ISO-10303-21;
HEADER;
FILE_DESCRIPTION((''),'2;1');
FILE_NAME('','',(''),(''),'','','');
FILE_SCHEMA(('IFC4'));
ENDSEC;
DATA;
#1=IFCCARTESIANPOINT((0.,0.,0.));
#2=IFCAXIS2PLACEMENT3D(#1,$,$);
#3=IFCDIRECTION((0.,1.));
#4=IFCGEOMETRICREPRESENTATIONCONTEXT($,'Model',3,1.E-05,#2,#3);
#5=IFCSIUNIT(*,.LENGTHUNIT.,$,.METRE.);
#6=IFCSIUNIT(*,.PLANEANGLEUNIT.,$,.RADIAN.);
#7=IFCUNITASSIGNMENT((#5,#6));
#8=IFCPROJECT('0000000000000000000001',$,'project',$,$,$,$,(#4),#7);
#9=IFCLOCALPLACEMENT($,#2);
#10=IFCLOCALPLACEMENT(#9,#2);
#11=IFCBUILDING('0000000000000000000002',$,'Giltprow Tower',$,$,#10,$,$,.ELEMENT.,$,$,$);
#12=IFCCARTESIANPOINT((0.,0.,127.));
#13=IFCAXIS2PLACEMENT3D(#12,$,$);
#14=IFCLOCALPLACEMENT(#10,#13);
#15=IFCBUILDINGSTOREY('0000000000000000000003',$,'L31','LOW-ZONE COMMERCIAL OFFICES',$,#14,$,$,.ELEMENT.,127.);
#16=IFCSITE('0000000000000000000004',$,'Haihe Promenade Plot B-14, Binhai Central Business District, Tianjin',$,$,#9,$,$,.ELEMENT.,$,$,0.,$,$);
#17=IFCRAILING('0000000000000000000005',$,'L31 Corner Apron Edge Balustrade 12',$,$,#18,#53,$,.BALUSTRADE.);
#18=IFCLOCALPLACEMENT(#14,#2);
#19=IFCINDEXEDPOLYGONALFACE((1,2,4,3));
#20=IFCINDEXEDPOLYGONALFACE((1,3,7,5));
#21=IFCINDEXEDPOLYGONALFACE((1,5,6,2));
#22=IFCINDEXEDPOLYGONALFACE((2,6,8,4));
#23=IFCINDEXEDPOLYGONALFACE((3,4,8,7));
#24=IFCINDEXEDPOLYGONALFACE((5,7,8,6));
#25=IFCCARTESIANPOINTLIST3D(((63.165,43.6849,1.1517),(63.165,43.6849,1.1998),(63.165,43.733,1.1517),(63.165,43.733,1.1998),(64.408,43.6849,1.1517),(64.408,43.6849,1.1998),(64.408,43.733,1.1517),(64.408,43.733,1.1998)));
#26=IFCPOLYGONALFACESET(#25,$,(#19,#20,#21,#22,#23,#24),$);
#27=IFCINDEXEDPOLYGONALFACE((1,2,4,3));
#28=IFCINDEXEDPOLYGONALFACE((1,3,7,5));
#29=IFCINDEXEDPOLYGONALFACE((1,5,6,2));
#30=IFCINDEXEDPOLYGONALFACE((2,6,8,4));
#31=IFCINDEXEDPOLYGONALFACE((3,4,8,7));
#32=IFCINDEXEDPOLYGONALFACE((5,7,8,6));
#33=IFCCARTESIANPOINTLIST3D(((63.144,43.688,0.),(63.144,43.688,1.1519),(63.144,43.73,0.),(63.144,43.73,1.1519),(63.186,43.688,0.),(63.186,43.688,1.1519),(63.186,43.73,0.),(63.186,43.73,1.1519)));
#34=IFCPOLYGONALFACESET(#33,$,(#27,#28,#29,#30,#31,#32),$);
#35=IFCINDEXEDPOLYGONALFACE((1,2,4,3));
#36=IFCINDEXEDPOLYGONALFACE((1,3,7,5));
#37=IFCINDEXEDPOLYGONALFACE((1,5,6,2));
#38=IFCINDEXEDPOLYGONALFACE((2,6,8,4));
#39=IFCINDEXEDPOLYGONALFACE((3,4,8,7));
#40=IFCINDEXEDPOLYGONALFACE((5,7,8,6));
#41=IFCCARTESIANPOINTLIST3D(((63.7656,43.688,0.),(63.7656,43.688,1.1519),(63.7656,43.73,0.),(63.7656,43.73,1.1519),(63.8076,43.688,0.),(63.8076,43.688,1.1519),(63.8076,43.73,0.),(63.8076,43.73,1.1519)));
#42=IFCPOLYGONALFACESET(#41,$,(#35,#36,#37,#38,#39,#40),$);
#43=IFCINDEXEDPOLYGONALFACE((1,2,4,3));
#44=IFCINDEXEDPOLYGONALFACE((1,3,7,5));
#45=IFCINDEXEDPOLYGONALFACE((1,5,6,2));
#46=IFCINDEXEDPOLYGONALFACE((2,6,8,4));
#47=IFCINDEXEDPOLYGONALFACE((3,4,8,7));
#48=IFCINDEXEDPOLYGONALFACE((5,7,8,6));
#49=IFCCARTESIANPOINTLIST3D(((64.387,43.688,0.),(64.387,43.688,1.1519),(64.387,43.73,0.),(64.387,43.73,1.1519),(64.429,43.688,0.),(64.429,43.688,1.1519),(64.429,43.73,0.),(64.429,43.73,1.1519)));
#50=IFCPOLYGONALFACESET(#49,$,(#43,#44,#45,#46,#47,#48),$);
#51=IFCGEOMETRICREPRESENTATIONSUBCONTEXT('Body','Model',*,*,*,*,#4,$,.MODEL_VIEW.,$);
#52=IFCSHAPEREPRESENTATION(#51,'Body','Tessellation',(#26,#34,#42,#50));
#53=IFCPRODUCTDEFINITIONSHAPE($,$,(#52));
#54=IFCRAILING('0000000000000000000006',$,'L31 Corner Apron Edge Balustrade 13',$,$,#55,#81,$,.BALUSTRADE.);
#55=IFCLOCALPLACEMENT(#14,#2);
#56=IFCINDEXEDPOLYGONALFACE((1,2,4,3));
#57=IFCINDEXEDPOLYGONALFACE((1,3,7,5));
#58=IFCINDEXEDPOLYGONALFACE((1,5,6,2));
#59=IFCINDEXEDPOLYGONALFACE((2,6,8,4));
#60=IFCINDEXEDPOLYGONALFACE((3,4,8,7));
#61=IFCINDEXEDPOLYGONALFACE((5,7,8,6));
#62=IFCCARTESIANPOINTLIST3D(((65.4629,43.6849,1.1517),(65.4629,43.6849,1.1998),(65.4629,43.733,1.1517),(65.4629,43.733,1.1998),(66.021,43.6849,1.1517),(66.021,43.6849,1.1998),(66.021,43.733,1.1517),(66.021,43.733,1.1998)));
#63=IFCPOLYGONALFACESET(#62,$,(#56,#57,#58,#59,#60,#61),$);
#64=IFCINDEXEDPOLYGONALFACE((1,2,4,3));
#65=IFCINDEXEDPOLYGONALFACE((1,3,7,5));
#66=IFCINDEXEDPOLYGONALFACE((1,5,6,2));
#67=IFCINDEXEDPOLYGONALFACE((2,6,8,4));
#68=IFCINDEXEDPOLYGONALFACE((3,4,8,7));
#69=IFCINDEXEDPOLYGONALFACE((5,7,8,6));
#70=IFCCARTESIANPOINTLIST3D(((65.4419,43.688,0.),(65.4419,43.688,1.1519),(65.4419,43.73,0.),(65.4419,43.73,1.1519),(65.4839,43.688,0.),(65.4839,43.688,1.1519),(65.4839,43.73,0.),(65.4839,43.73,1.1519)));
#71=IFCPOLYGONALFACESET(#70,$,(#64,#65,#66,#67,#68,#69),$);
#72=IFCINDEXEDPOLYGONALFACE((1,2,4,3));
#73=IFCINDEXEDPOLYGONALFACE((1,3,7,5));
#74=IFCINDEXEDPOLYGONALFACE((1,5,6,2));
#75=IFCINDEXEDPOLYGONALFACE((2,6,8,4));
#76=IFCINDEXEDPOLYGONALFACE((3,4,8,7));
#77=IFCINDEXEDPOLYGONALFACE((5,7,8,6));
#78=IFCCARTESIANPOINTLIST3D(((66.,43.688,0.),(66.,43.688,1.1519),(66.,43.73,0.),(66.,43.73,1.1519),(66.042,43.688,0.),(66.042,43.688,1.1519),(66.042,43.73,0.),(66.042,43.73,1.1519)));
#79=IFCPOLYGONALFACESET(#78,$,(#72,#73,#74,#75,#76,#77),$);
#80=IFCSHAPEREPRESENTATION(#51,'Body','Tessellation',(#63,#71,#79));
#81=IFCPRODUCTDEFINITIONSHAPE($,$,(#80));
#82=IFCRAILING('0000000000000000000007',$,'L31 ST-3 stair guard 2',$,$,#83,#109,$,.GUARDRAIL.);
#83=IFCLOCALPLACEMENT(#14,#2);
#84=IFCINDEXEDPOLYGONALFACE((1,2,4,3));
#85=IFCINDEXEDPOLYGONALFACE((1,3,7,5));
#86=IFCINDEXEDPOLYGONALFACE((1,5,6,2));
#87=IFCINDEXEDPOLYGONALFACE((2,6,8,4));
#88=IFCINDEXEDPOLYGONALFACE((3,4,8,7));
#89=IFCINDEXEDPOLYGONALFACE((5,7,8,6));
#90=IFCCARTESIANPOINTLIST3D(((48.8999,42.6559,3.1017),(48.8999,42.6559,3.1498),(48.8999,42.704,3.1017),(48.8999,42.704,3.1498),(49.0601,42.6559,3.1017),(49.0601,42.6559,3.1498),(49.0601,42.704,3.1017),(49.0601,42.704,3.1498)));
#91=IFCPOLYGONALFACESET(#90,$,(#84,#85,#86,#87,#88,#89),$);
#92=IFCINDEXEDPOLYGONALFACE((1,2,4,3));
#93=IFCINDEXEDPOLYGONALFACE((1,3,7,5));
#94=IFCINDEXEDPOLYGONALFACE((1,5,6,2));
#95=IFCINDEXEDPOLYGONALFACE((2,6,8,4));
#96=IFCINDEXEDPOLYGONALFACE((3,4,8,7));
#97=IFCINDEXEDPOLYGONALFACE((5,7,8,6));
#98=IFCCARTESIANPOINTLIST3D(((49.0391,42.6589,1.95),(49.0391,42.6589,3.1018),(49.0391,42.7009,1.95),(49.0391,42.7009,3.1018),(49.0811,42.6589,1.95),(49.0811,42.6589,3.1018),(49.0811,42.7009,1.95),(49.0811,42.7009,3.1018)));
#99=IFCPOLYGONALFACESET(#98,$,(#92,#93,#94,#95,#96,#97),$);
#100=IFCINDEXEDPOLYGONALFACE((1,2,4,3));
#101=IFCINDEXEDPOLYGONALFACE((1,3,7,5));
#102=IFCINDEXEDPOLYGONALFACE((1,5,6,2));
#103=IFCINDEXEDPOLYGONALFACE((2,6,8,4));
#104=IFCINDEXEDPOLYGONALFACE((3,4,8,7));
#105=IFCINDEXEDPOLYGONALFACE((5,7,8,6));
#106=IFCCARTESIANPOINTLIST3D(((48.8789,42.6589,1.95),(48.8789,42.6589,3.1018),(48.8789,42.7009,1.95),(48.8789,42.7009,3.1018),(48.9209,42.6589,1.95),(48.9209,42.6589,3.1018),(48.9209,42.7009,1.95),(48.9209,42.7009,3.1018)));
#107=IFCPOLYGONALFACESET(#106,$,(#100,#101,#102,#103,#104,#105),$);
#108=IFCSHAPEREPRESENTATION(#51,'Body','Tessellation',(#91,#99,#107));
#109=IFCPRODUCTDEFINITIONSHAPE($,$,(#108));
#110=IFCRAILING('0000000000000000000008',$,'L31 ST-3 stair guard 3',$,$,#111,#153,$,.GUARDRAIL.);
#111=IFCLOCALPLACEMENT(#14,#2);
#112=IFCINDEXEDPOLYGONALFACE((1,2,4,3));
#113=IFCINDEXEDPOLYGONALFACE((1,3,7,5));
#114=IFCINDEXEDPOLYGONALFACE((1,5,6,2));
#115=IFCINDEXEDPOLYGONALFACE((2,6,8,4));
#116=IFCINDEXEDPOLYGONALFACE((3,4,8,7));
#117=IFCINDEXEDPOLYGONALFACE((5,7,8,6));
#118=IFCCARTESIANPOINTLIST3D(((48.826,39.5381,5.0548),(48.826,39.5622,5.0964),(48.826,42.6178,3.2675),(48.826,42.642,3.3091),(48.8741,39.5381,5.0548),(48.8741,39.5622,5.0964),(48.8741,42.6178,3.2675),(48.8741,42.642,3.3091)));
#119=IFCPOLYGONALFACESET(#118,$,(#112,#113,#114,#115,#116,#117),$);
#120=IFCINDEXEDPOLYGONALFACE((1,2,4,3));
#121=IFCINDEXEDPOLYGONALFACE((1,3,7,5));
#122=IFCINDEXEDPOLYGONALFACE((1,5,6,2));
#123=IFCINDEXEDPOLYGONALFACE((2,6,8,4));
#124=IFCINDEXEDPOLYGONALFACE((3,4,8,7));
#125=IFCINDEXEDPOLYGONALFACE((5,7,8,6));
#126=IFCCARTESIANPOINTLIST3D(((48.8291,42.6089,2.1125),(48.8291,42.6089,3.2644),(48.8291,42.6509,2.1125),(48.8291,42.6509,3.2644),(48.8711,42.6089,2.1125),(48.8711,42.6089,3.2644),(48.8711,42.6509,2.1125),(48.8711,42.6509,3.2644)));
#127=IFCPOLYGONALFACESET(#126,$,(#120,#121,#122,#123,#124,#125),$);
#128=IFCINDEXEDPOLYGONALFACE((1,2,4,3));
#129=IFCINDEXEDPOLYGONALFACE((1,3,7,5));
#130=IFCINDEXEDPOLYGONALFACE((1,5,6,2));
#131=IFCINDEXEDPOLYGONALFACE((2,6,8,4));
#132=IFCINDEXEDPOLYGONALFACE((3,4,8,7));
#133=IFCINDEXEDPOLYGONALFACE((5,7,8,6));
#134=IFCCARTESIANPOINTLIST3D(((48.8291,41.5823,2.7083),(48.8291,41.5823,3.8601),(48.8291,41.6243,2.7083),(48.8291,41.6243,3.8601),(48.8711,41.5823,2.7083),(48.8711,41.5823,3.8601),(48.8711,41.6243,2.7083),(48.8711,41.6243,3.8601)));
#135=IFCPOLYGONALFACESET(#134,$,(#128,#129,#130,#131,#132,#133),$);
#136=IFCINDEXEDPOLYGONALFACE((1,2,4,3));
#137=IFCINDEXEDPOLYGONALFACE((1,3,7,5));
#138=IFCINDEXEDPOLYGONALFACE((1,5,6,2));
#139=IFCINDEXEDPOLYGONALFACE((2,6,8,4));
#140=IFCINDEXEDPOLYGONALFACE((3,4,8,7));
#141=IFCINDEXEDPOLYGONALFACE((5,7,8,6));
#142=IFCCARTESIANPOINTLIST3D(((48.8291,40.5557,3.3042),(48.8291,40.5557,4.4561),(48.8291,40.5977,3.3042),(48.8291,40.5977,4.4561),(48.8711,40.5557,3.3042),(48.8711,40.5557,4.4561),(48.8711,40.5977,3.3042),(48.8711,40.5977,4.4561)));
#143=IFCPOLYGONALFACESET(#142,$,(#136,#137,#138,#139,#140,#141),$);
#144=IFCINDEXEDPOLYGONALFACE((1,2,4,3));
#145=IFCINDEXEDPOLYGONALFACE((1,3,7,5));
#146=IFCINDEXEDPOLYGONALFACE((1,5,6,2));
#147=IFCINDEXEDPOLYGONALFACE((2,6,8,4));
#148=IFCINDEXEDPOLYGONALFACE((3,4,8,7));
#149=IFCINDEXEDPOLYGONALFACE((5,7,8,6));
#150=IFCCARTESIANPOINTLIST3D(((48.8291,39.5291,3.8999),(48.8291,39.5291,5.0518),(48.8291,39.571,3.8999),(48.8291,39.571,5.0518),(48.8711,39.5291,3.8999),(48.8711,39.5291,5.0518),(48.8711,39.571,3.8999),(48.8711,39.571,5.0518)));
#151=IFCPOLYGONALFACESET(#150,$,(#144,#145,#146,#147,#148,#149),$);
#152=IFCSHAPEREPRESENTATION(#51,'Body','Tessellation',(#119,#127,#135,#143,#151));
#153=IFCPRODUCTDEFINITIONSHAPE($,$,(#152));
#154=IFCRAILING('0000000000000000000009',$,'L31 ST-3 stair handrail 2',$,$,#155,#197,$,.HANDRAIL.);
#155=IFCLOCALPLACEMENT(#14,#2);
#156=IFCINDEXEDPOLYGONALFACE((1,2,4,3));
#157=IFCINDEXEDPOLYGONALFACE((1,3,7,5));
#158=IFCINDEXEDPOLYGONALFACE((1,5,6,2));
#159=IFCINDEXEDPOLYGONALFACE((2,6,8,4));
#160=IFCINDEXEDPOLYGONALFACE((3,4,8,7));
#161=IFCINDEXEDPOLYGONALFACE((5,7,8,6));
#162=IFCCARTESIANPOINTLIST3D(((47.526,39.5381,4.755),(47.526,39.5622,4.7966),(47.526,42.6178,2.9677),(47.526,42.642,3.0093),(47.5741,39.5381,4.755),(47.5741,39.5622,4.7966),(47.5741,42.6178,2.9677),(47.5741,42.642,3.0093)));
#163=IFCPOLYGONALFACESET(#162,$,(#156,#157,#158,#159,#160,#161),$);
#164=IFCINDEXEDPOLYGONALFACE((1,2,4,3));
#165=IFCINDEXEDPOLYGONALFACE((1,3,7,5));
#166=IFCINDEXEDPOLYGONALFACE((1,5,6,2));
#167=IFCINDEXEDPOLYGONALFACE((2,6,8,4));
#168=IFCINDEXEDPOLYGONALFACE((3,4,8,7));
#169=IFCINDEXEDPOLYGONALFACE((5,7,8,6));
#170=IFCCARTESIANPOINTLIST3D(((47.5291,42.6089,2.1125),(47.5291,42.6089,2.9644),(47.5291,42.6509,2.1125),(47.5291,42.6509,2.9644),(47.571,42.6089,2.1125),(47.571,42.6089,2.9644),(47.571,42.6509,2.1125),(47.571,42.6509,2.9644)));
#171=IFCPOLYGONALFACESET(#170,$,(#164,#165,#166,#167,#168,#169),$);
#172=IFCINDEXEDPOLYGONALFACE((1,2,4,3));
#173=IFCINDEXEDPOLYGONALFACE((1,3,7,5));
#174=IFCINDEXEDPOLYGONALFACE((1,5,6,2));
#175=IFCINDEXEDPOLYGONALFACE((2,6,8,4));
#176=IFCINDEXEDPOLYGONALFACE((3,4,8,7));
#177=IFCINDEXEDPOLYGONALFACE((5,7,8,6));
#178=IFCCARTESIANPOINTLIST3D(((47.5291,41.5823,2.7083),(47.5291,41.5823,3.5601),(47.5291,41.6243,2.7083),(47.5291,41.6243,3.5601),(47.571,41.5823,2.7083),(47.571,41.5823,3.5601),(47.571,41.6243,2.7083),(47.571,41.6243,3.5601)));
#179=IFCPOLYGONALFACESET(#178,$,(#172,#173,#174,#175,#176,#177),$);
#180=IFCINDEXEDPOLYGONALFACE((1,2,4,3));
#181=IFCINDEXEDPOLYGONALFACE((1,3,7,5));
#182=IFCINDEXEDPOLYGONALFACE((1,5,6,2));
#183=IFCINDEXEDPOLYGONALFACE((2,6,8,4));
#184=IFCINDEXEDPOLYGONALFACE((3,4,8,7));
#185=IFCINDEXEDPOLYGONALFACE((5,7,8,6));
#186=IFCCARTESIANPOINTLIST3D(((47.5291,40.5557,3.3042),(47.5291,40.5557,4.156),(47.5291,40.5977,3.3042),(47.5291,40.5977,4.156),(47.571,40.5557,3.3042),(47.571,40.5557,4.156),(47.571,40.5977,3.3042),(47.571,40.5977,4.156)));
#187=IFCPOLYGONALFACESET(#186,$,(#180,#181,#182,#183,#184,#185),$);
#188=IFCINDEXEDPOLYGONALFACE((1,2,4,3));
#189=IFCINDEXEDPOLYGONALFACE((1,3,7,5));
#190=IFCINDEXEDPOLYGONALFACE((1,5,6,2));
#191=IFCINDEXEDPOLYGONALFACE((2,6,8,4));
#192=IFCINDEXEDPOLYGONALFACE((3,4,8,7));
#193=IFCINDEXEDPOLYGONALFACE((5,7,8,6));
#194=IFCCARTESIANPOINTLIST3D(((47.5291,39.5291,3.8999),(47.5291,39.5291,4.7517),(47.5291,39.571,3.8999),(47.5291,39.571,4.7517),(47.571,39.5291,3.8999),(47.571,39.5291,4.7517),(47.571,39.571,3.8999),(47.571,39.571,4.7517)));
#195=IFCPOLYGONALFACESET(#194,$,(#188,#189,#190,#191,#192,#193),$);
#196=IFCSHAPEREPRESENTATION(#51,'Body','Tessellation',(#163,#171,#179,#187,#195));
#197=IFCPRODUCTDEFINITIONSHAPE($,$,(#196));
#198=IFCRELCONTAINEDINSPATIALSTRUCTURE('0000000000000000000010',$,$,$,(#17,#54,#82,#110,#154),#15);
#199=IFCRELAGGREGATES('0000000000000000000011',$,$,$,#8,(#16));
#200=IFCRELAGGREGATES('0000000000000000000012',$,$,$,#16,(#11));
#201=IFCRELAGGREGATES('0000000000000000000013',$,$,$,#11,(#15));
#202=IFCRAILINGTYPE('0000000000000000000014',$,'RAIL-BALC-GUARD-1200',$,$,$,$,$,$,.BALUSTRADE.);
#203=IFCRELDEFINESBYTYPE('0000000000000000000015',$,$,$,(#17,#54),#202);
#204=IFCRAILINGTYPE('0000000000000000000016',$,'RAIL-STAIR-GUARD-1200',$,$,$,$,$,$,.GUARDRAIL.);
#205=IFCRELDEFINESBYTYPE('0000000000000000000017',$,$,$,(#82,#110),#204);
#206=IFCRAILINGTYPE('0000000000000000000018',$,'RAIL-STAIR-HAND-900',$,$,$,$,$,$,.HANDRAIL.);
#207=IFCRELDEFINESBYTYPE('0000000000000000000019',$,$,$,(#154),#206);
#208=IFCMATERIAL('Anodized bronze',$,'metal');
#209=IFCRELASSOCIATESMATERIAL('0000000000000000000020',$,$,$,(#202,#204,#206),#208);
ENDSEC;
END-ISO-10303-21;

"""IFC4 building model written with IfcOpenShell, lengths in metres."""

from ifc_helpers import new_model, si_unit, direction, frame, origin, origin_2d, place, context, subcontext, project, spatial, rectangle, extrude, material, type_object, element, save


model = new_model("IFC4")

# Units and contexts
model_context = context("Model", 3, precision=1e-05, world=origin(), true_north=direction((0.0, 1.0)))
body_context = subcontext(model_context, "Body", "Model", "MODEL_VIEW")
ifc_project = project(units=[si_unit("LENGTHUNIT", "METRE"), si_unit("PLANEANGLEUNIT", "RADIAN")], contexts=[model_context])

# Site, building, storey
site_placement = place(None, origin())
site = spatial("IfcSite", under=ifc_project, at=site_placement, Name="Haihe Promenade Plot B-14, Binhai Central Business District, Tianjin", CompositionType="ELEMENT", RefElevation=0.0)
building_placement = place(site_placement, origin())
building = spatial("IfcBuilding", under=site, at=building_placement, Name="Giltprow Tower", CompositionType="ELEMENT")
storey_placement = place(building_placement, frame((0.0, 0.0, 127.0)))
storey = spatial("IfcBuildingStorey", under=building, at=storey_placement, Name="L31", Description="LOW-ZONE COMMERCIAL OFFICES", CompositionType="ELEMENT", Elevation=127.0)

# Railings
ifc_material_1 = material(Name="Anodized bronze", Category="metal")
railing_type_1 = type_object("IfcRailingType", Name="RAIL-BALC-GUARD-1200", PredefinedType="BALUSTRADE", material=ifc_material_1)
railing_1_placement = place(storey_placement, frame((63.165, 43.709, 0.0)))
element("IfcRailing", 1, at=railing_1_placement, inside=storey, type_object=railing_type_1, Name="L31 Corner Apron Edge Balustrade 12", PredefinedType="BALUSTRADE", context=body_context, shape_type="SweptSolid", body=[
    extrude(rectangle(XDim=0.0481, YDim=0.0481, at=origin_2d()), frame((0.0, 0.0, 1.1758), z_axis=(1.0, 0.0, 0.0), x_axis=(0.0, 1.0, 0.0)), (0.0, 0.0, 1.0), 1.2429),
    extrude(rectangle(XDim=0.042, YDim=0.042, at=origin_2d()), origin(), (0.0, 0.0, 1.0), 1.1519),
    extrude(rectangle(XDim=0.042, YDim=0.042, at=origin_2d()), frame((0.6216, 0.0, 0.0)), (0.0, 0.0, 1.0), 1.1519),
    extrude(rectangle(XDim=0.042, YDim=0.042, at=origin_2d()), frame((1.2429, 0.0, 0.0)), (0.0, 0.0, 1.0), 1.1519),
])
railing_2_placement = place(storey_placement, frame((65.4629, 43.709, 0.0)))
element("IfcRailing", 2, at=railing_2_placement, inside=storey, type_object=railing_type_1, Name="L31 Corner Apron Edge Balustrade 13", PredefinedType="BALUSTRADE", context=body_context, shape_type="SweptSolid", body=[
    extrude(rectangle(XDim=0.0481, YDim=0.0481, at=origin_2d()), frame((0.0, 0.0, 1.1758), z_axis=(1.0, 0.0, 0.0), x_axis=(0.0, 1.0, 0.0)), (0.0, 0.0, 1.0), 0.5581),
    extrude(rectangle(XDim=0.042, YDim=0.042, at=origin_2d()), origin(), (0.0, 0.0, 1.0), 1.1519),
    extrude(rectangle(XDim=0.042, YDim=0.042, at=origin_2d()), frame((0.5581, 0.0, 0.0)), (0.0, 0.0, 1.0), 1.1519),
])
railing_type_2 = type_object("IfcRailingType", Name="RAIL-STAIR-GUARD-1200", PredefinedType="GUARDRAIL", material=ifc_material_1)
railing_3_placement = place(storey_placement, frame((49.0601, 42.6799, 1.95)))
element("IfcRailing", 3, at=railing_3_placement, inside=storey, type_object=railing_type_2, Name="L31 ST-3 stair guard 2", PredefinedType="GUARDRAIL", context=body_context, shape_type="SweptSolid", body=[
    extrude(rectangle(XDim=0.0481, YDim=0.0481, at=origin_2d()), frame((0.0, 0.0, 1.1758), z_axis=(-1.0, 0.0, 0.0), x_axis=(0.0, -1.0, 0.0)), (0.0, 0.0, 1.0), 0.1602),
    extrude(rectangle(XDim=0.042, YDim=0.042, at=origin_2d()), origin(), (0.0, 0.0, 1.0), 1.1519),
    extrude(rectangle(XDim=0.042, YDim=0.042, at=origin_2d()), frame((-0.1602, 0.0, 0.0)), (0.0, 0.0, 1.0), 1.1519),
])
railing_4_placement = place(storey_placement, frame((48.8501, 42.6299, 2.1125)))
element("IfcRailing", 4, at=railing_4_placement, inside=storey, type_object=railing_type_2, Name="L31 ST-3 stair guard 3", PredefinedType="GUARDRAIL", context=body_context, shape_type="SweptSolid", body=[
    extrude(rectangle(XDim=0.0481, YDim=0.0481, at=origin_2d()), frame((0.0, 0.0, 1.1758), z_axis=(0.0, -0.864903, 0.501939), x_axis=(1.0, 0.0, 0.0)), (0.0, 0.0, 1.0), 3.5608),
    extrude(rectangle(XDim=0.042, YDim=0.042, at=origin_2d()), origin(), (0.0, 0.0, 1.0), 1.1519),
    extrude(rectangle(XDim=0.042, YDim=0.042, at=origin_2d()), frame((0.0, -1.0266, 0.5957)), (0.0, 0.0, 1.0), 1.1519),
    extrude(rectangle(XDim=0.042, YDim=0.042, at=origin_2d()), frame((0.0, -2.0532, 1.1917)), (0.0, 0.0, 1.0), 1.1519),
    extrude(rectangle(XDim=0.042, YDim=0.042, at=origin_2d()), frame((0.0, -3.0798, 1.7874)), (0.0, 0.0, 1.0), 1.1519),
])
railing_type_3 = type_object("IfcRailingType", Name="RAIL-STAIR-HAND-900", PredefinedType="HANDRAIL", material=ifc_material_1)
railing_5_placement = place(storey_placement, frame((47.55, 42.6299, 2.1125)))
element("IfcRailing", 5, at=railing_5_placement, inside=storey, type_object=railing_type_3, Name="L31 ST-3 stair handrail 2", PredefinedType="HANDRAIL", context=body_context, shape_type="SweptSolid", body=[
    extrude(rectangle(XDim=0.0481, YDim=0.0481, at=origin_2d()), frame((0.0, 0.0, 0.876), z_axis=(0.0, -0.864903, 0.501939), x_axis=(1.0, 0.0, 0.0)), (0.0, 0.0, 1.0), 3.5608),
    extrude(rectangle(XDim=0.042, YDim=0.042, at=origin_2d()), origin(), (0.0, 0.0, 1.0), 0.8518),
    extrude(rectangle(XDim=0.042, YDim=0.042, at=origin_2d()), frame((0.0, -1.0266, 0.5957)), (0.0, 0.0, 1.0), 0.8518),
    extrude(rectangle(XDim=0.042, YDim=0.042, at=origin_2d()), frame((0.0, -2.0532, 1.1917)), (0.0, 0.0, 1.0), 0.8518),
    extrude(rectangle(XDim=0.042, YDim=0.042, at=origin_2d()), frame((0.0, -3.0798, 1.7874)), (0.0, 0.0, 1.0), 0.8518),
])

save(model, "model.ifc")
